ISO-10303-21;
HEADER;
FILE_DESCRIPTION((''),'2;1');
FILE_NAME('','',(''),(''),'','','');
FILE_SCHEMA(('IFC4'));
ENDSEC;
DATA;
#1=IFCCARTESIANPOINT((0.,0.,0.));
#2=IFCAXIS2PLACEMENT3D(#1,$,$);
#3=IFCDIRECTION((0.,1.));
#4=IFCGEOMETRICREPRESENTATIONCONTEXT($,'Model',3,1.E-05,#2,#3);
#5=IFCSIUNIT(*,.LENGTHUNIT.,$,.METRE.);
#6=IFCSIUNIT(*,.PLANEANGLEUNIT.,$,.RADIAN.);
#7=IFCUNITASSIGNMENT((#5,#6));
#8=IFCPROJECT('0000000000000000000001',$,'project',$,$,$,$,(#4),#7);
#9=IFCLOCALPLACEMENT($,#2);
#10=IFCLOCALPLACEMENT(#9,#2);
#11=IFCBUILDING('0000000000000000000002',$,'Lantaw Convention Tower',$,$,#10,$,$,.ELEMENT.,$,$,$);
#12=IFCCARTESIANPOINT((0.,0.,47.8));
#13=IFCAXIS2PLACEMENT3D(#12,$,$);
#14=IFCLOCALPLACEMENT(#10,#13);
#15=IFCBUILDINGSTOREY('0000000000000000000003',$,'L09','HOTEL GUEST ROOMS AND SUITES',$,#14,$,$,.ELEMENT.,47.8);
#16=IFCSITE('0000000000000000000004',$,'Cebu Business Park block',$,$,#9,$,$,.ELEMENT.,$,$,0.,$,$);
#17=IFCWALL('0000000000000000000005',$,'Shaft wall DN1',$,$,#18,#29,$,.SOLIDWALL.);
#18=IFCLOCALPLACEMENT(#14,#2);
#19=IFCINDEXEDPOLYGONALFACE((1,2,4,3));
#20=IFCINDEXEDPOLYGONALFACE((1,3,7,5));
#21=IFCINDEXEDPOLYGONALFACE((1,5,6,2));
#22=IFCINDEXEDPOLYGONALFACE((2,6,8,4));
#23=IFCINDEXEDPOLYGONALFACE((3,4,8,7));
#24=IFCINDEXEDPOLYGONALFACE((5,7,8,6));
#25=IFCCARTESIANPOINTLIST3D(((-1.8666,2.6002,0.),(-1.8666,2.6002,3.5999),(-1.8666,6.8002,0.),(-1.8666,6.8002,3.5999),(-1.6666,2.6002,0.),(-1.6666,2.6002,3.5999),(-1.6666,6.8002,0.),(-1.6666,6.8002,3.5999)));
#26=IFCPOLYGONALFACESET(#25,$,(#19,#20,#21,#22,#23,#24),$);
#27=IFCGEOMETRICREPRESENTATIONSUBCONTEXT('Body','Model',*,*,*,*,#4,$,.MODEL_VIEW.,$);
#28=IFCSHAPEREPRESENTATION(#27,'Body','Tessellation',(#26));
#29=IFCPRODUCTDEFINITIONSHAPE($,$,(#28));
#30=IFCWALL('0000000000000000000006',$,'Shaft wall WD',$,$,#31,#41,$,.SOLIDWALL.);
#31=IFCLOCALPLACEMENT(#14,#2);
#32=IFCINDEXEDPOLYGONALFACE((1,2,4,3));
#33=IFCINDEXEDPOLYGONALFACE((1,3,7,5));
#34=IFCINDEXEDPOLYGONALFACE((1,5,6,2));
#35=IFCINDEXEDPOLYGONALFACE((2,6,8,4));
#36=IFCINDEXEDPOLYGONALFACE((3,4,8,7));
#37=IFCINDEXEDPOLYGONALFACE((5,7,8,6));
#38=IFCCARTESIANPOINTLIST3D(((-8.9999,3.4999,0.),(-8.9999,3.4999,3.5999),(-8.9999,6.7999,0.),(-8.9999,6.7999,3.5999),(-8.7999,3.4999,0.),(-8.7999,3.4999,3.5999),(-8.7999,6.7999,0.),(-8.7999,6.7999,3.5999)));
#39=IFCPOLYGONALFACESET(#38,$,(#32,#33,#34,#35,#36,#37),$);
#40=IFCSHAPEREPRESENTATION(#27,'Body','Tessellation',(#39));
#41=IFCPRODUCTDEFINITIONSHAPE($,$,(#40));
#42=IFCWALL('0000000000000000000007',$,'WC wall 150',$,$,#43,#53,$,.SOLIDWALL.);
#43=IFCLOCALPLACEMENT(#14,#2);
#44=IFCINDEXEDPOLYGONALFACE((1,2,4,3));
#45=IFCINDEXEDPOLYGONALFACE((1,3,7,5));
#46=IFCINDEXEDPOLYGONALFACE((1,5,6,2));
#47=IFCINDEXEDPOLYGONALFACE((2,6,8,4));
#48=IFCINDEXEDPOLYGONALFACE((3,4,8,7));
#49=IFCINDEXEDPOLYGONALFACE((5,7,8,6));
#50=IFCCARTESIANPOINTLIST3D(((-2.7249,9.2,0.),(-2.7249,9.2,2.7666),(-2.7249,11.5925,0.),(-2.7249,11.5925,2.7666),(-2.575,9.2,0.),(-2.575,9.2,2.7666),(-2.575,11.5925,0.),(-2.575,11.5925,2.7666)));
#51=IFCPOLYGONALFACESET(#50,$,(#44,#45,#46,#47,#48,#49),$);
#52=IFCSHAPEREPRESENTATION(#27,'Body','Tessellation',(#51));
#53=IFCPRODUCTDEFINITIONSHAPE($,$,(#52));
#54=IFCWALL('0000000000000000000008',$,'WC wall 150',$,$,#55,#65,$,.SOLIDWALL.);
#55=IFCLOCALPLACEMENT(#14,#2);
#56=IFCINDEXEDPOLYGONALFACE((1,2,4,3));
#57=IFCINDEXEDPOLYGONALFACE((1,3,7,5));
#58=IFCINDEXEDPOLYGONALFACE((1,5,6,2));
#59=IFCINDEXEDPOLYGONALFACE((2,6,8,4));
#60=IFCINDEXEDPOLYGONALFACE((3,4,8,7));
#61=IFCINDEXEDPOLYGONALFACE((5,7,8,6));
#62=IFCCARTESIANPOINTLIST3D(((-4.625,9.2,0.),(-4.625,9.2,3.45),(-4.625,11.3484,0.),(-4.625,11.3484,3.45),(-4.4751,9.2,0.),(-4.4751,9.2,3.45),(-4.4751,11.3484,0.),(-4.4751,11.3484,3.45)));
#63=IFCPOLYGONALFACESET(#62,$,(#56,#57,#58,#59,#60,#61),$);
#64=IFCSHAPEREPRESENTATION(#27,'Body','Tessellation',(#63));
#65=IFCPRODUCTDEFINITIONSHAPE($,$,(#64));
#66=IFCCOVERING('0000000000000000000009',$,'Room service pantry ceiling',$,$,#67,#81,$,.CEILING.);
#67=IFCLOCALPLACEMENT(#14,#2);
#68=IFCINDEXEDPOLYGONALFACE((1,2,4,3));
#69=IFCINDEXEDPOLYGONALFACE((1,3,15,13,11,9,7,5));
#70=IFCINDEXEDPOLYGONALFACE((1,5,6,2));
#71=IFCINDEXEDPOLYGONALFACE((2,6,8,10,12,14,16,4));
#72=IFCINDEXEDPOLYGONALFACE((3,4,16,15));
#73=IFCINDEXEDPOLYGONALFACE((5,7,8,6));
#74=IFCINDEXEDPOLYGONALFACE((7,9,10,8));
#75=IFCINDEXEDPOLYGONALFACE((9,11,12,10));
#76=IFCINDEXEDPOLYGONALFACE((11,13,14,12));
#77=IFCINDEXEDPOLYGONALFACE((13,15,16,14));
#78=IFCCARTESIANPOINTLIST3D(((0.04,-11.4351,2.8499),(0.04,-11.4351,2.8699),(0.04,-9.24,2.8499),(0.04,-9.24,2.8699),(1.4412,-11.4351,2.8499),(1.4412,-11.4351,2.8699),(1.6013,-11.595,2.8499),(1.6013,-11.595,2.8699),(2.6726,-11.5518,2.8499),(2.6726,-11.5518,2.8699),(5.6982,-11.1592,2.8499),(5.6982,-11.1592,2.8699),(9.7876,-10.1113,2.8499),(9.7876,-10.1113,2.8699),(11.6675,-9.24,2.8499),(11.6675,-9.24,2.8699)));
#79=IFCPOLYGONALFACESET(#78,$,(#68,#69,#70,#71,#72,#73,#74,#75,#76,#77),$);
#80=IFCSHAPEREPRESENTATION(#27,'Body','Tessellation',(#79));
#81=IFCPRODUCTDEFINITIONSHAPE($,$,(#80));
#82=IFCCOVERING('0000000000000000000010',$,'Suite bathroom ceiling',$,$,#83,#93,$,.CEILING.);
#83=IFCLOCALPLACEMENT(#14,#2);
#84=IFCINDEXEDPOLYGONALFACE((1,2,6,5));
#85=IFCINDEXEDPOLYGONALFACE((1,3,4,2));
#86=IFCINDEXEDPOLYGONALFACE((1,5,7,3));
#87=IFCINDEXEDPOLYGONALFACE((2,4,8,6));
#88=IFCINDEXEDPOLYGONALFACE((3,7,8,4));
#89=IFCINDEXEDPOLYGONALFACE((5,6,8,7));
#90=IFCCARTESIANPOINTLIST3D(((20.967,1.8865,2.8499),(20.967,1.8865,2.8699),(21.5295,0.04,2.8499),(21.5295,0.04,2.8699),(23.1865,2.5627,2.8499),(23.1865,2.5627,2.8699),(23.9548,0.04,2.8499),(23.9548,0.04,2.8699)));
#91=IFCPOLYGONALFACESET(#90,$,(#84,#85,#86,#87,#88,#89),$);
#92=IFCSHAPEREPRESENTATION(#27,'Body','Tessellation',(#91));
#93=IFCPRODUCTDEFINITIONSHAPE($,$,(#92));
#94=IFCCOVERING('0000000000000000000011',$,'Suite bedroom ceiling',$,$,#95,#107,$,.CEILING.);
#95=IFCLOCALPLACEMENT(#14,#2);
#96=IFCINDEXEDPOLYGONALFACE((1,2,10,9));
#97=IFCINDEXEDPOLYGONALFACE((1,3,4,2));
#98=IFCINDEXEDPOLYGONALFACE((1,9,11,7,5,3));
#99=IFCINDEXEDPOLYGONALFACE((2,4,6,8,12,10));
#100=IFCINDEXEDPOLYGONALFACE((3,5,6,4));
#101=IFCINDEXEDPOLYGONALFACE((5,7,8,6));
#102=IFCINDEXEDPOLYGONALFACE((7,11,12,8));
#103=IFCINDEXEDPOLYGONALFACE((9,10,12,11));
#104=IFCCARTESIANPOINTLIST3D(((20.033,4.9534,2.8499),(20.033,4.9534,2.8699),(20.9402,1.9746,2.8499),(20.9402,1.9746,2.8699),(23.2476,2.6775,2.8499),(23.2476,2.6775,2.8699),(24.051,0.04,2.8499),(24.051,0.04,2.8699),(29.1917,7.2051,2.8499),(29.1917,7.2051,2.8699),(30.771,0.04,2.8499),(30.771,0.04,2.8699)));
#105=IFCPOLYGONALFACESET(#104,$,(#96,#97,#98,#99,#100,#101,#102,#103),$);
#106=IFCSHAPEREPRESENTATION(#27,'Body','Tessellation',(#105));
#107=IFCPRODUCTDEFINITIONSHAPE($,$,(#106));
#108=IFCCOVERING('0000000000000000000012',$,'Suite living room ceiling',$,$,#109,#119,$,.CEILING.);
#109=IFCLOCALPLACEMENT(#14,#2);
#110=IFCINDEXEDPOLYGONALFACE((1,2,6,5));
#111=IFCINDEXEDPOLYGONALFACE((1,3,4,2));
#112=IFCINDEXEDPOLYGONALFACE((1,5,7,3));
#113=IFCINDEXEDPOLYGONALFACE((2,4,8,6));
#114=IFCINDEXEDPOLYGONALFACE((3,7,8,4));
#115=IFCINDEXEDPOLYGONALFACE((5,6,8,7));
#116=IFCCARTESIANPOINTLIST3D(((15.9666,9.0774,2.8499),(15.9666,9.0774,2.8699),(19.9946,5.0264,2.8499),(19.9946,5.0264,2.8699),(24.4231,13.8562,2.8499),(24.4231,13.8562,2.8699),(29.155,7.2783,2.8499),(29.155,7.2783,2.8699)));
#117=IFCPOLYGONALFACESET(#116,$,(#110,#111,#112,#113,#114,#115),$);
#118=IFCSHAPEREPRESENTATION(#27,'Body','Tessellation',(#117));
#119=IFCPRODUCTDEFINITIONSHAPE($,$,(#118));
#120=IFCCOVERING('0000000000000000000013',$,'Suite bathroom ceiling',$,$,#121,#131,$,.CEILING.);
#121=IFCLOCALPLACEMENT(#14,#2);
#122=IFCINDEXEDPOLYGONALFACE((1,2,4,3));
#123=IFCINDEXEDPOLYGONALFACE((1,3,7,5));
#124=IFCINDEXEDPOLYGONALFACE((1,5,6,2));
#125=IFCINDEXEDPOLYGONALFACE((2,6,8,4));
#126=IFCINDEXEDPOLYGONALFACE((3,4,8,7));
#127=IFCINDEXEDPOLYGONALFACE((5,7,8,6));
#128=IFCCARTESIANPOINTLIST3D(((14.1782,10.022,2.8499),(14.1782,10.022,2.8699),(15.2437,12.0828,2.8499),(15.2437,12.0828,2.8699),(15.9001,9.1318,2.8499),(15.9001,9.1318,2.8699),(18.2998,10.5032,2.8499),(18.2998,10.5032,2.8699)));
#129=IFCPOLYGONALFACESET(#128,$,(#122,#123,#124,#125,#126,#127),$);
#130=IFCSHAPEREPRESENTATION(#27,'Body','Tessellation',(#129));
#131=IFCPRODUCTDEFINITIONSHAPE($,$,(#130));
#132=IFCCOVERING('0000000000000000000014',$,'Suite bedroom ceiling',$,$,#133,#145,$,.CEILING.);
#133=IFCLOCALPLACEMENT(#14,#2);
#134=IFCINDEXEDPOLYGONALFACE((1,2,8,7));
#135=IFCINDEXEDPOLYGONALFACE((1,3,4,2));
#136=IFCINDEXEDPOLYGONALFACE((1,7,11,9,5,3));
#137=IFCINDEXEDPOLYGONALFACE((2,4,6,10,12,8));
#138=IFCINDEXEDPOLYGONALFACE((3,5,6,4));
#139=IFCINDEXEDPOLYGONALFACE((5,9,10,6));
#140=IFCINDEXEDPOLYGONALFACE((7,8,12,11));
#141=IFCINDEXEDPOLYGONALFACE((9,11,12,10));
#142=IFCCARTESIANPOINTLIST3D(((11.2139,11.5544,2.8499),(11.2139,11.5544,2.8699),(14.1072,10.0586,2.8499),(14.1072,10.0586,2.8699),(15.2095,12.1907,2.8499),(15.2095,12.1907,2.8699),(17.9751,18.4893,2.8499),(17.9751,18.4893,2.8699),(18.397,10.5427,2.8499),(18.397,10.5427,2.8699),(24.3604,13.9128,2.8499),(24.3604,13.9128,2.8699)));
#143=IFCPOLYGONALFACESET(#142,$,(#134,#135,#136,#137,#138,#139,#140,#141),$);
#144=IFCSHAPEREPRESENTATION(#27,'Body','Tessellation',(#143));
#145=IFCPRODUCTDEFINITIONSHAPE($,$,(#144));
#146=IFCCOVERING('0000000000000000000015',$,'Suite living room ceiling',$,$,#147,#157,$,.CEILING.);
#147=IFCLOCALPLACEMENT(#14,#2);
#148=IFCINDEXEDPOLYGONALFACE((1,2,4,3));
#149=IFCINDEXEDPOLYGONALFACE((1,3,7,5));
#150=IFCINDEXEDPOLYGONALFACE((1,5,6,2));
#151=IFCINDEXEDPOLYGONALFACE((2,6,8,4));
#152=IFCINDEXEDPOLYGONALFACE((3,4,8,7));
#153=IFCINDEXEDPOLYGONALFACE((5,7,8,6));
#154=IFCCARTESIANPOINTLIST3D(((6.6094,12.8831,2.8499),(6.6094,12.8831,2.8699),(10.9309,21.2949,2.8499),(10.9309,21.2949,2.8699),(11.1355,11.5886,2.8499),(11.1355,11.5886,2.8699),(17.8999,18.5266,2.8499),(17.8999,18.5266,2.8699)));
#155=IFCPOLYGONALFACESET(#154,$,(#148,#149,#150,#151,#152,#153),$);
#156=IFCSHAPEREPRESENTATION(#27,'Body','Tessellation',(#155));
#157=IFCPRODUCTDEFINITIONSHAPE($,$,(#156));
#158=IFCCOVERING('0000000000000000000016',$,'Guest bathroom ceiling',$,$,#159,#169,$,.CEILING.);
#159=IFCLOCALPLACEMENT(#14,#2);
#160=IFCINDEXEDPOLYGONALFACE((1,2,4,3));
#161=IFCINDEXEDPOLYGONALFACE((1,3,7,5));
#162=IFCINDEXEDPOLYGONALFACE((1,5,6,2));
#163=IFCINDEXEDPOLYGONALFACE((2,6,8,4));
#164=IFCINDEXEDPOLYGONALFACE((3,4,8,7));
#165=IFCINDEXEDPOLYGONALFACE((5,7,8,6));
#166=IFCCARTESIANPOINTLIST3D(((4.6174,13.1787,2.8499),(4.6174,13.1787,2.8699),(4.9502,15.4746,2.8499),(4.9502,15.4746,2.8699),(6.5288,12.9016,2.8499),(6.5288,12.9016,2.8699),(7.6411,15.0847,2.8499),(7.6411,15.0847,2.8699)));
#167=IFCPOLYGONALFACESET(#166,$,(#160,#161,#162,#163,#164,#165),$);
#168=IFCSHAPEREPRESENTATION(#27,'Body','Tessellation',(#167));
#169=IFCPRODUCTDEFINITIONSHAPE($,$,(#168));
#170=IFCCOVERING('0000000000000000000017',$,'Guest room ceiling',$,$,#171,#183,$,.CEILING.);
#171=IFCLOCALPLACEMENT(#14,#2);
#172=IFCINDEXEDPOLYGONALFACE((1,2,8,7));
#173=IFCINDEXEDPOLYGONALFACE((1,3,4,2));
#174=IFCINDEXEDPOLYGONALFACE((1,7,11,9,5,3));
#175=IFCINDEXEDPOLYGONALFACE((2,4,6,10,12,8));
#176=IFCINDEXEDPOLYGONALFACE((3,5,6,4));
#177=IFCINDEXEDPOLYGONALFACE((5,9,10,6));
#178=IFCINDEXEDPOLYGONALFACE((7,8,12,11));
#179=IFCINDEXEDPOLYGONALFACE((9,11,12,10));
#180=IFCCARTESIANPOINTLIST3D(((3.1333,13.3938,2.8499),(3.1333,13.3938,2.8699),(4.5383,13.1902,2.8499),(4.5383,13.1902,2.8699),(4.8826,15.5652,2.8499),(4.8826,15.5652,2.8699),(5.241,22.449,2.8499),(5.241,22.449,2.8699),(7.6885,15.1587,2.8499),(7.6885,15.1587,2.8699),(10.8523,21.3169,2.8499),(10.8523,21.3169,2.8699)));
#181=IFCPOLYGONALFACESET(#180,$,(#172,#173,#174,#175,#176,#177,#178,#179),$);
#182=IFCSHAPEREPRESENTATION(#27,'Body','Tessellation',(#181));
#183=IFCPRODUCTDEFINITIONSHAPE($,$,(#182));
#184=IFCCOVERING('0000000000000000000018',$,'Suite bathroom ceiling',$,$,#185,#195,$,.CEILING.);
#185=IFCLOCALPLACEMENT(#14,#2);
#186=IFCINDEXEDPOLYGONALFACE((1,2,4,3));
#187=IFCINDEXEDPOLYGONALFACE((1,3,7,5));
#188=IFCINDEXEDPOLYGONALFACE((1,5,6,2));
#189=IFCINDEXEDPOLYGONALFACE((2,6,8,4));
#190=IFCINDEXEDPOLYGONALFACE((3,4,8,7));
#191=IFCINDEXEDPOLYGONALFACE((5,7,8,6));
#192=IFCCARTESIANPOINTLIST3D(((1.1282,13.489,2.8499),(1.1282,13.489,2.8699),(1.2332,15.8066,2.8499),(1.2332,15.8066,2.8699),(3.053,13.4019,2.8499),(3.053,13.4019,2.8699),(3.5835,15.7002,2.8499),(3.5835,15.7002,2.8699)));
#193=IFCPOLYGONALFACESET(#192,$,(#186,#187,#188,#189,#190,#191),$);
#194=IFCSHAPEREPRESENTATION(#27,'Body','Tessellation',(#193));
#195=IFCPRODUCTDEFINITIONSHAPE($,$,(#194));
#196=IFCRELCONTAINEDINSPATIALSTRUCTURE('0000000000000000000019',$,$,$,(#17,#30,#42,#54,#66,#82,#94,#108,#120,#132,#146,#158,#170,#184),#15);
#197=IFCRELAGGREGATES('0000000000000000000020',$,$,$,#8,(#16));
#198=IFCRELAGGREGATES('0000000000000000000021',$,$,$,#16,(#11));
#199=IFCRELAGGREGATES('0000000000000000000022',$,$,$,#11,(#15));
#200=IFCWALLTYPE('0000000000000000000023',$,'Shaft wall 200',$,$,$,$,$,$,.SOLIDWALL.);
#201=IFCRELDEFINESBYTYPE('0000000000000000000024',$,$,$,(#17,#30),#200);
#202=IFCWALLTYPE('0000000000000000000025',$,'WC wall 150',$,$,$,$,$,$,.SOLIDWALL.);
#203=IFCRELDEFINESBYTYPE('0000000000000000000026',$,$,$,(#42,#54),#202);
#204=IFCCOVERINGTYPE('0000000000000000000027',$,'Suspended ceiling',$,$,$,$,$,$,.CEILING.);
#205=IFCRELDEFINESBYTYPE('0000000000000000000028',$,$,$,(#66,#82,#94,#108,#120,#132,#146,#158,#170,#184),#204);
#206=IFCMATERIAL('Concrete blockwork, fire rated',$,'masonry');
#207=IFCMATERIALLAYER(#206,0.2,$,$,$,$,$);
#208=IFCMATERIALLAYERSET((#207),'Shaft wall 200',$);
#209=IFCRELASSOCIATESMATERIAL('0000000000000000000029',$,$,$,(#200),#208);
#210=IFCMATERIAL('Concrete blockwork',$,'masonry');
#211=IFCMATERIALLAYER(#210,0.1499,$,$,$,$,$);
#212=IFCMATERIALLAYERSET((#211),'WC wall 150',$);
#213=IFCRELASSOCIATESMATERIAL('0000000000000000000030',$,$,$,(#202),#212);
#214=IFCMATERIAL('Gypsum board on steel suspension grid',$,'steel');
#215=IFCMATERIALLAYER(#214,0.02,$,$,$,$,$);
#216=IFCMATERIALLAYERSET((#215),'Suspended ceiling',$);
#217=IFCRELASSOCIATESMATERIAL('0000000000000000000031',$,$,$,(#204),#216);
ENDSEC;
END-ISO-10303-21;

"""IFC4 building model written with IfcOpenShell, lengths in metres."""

from ifc_helpers import new_model, si_unit, direction, frame, frame_2d, origin, place, context, subcontext, project, spatial, polyline, rectangle, outline, extrude, material, layer, layer_set, type_object, element, save


model = new_model("IFC4")

# Units and contexts
model_context = context("Model", 3, precision=1e-05, world=origin(), true_north=direction((0.0, 1.0)))
body_context = subcontext(model_context, "Body", "Model", "MODEL_VIEW")
ifc_project = project(units=[si_unit("LENGTHUNIT", "METRE"), si_unit("PLANEANGLEUNIT", "RADIAN")], contexts=[model_context])

# Site, building, storey
site_placement = place(None, origin())
site = spatial("IfcSite", under=ifc_project, at=site_placement, Name="Cebu Business Park block", CompositionType="ELEMENT", RefElevation=0.0)
building_placement = place(site_placement, origin())
building = spatial("IfcBuilding", under=site, at=building_placement, Name="Lantaw Convention Tower", CompositionType="ELEMENT")
storey_placement = place(building_placement, frame((0.0, 0.0, 47.8)))
storey = spatial("IfcBuildingStorey", under=building, at=storey_placement, Name="L09", Description="HOTEL GUEST ROOMS AND SUITES", CompositionType="ELEMENT", Elevation=47.8)

# Walls
ifc_material_1 = material(Name="Concrete blockwork, fire rated", Category="masonry")
ifc_layer_1 = layer(ifc_material_1, 0.2)
ifc_layer_set_1 = layer_set([ifc_layer_1], Name="Shaft wall 200")
wall_type_1 = type_object("IfcWallType", Name="Shaft wall 200", PredefinedType="SOLIDWALL", material=ifc_layer_set_1)
wall_1_placement = place(storey_placement, frame((-1.7666, 2.6001, 0.0), z_axis=(0.0, 0.0, 1.0), x_axis=(0.0, 1.0, 0.0)))
element("IfcWall", 1, at=wall_1_placement, inside=storey, type_object=wall_type_1, Name="Shaft wall DN1", PredefinedType="SOLIDWALL", context=body_context, shape_type="SweptSolid", body=[
    extrude(rectangle(XDim=4.2, YDim=0.2, at=frame_2d((2.1001, 0.0))), origin(), (0.0, 0.0, 1.0), 3.5999),
])
wall_2_placement = place(storey_placement, frame((-8.8999, 3.5, 0.0), z_axis=(0.0, 0.0, 1.0), x_axis=(0.0, 1.0, 0.0)))
element("IfcWall", 2, at=wall_2_placement, inside=storey, type_object=wall_type_1, Name="Shaft wall WD", PredefinedType="SOLIDWALL", context=body_context, shape_type="SweptSolid", body=[
    extrude(rectangle(XDim=3.3, YDim=0.2, at=frame_2d((1.6499, 0.0))), origin(), (0.0, 0.0, 1.0), 3.5999),
])
ifc_material_2 = material(Name="Concrete blockwork", Category="masonry")
ifc_layer_2 = layer(ifc_material_2, 0.1499)
ifc_layer_set_2 = layer_set([ifc_layer_2], Name="WC wall 150")
wall_type_2 = type_object("IfcWallType", Name="WC wall 150", PredefinedType="SOLIDWALL", material=ifc_layer_set_2)
wall_3_placement = place(storey_placement, frame((-2.6499, 9.2, 0.0), z_axis=(0.0, 0.0, 1.0), x_axis=(0.0, 1.0, 0.0)))
element("IfcWall", 3, at=wall_3_placement, inside=storey, type_object=wall_type_2, Name="WC wall 150", PredefinedType="SOLIDWALL", context=body_context, shape_type="SweptSolid", body=[
    extrude(rectangle(XDim=2.3926, YDim=0.1499, at=frame_2d((1.1963, 0.0))), origin(), (0.0, 0.0, 1.0), 2.7666),
])
wall_4_placement = place(storey_placement, frame((-4.55, 9.2, 0.0), z_axis=(0.0, 0.0, 1.0), x_axis=(0.0, 1.0, 0.0)))
element("IfcWall", 4, at=wall_4_placement, inside=storey, type_object=wall_type_2, Name="WC wall 150", PredefinedType="SOLIDWALL", context=body_context, shape_type="SweptSolid", body=[
    extrude(rectangle(XDim=2.1484, YDim=0.1499, at=frame_2d((1.0742, 0.0))), origin(), (0.0, 0.0, 1.0), 3.45),
])

# Coverings
ifc_material_3 = material(Name="Gypsum board on steel suspension grid", Category="steel")
ifc_layer_3 = layer(ifc_material_3, 0.02)
ifc_layer_set_3 = layer_set([ifc_layer_3], Name="Suspended ceiling")
covering_type = type_object("IfcCoveringType", Name="Suspended ceiling", PredefinedType="CEILING", material=ifc_layer_set_3)
covering_1_placement = place(storey_placement, frame((0.0, 0.0, 2.8499)))
element("IfcCovering", 5, at=covering_1_placement, inside=storey, type_object=covering_type, Name="Room service pantry ceiling", PredefinedType="CEILING", context=body_context, shape_type="SweptSolid", body=[
    extrude(outline(polyline([(1.6013, -11.595), (2.6726, -11.5518), (5.6982, -11.1592), (9.7876, -10.1113), (11.6675, -9.24), (0.04, -9.24), (0.04, -11.4351), (1.4412, -11.4351), (1.6013, -11.595)])), origin(), (0.0, 0.0, 1.0), 0.02),
])
covering_2_placement = place(storey_placement, frame((0.0, 0.0, 2.8499)))
element("IfcCovering", 6, at=covering_2_placement, inside=storey, type_object=covering_type, Name="Suite bathroom ceiling", PredefinedType="CEILING", context=body_context, shape_type="SweptSolid", body=[
    extrude(outline(polyline([(21.5295, 0.04), (23.9548, 0.04), (23.1865, 2.5627), (20.967, 1.8865), (21.5295, 0.04)])), origin(), (0.0, 0.0, 1.0), 0.02),
])
covering_3_placement = place(storey_placement, frame((0.0, 0.0, 2.8499)))
element("IfcCovering", 7, at=covering_3_placement, inside=storey, type_object=covering_type, Name="Suite bedroom ceiling", PredefinedType="CEILING", context=body_context, shape_type="SweptSolid", body=[
    extrude(outline(polyline([(29.1917, 7.2051), (20.033, 4.9534), (20.9402, 1.9746), (23.2476, 2.6775), (24.051, 0.04), (30.771, 0.04), (29.1917, 7.2051)])), origin(), (0.0, 0.0, 1.0), 0.02),
])
covering_4_placement = place(storey_placement, frame((0.0, 0.0, 2.8499)))
element("IfcCovering", 8, at=covering_4_placement, inside=storey, type_object=covering_type, Name="Suite living room ceiling", PredefinedType="CEILING", context=body_context, shape_type="SweptSolid", body=[
    extrude(outline(polyline([(19.9946, 5.0264), (29.155, 7.2783), (24.4231, 13.8562), (15.9666, 9.0774), (19.9946, 5.0264)])), origin(), (0.0, 0.0, 1.0), 0.02),
])
covering_5_placement = place(storey_placement, frame((0.0, 0.0, 2.8499)))
element("IfcCovering", 9, at=covering_5_placement, inside=storey, type_object=covering_type, Name="Suite bathroom ceiling", PredefinedType="CEILING", context=body_context, shape_type="SweptSolid", body=[
    extrude(outline(polyline([(15.9001, 9.1318), (18.2998, 10.5032), (15.2437, 12.0828), (14.1782, 10.022), (15.9001, 9.1318)])), origin(), (0.0, 0.0, 1.0), 0.02),
])
covering_6_placement = place(storey_placement, frame((0.0, 0.0, 2.8499)))
element("IfcCovering", 10, at=covering_6_placement, inside=storey, type_object=covering_type, Name="Suite bedroom ceiling", PredefinedType="CEILING", context=body_context, shape_type="SweptSolid", body=[
    extrude(outline(polyline([(11.2139, 11.5544), (14.1072, 10.0586), (15.2095, 12.1907), (18.397, 10.5427), (24.3604, 13.9128), (17.9751, 18.4893), (11.2139, 11.5544)])), origin(), (0.0, 0.0, 1.0), 0.02),
])
covering_7_placement = place(storey_placement, frame((0.0, 0.0, 2.8499)))
element("IfcCovering", 11, at=covering_7_placement, inside=storey, type_object=covering_type, Name="Suite living room ceiling", PredefinedType="CEILING", context=body_context, shape_type="SweptSolid", body=[
    extrude(outline(polyline([(11.1355, 11.5886), (17.8999, 18.5266), (10.9309, 21.2949), (6.6094, 12.8831), (11.1355, 11.5886)])), origin(), (0.0, 0.0, 1.0), 0.02),
])
covering_8_placement = place(storey_placement, frame((0.0, 0.0, 2.8499)))
element("IfcCovering", 12, at=covering_8_placement, inside=storey, type_object=covering_type, Name="Guest bathroom ceiling", PredefinedType="CEILING", context=body_context, shape_type="SweptSolid", body=[
    extrude(outline(polyline([(6.5288, 12.9016), (7.6411, 15.0847), (4.9502, 15.4746), (4.6174, 13.1787), (6.5288, 12.9016)])), origin(), (0.0, 0.0, 1.0), 0.02),
])
covering_9_placement = place(storey_placement, frame((0.0, 0.0, 2.8499)))
element("IfcCovering", 13, at=covering_9_placement, inside=storey, type_object=covering_type, Name="Guest room ceiling", PredefinedType="CEILING", context=body_context, shape_type="SweptSolid", body=[
    extrude(outline(polyline([(3.1333, 13.3938), (4.5383, 13.1902), (4.8826, 15.5652), (7.6885, 15.1587), (10.8523, 21.3169), (5.241, 22.449), (3.1333, 13.3938)])), origin(), (0.0, 0.0, 1.0), 0.02),
])
covering_10_placement = place(storey_placement, frame((0.0, 0.0, 2.8499)))
element("IfcCovering", 14, at=covering_10_placement, inside=storey, type_object=covering_type, Name="Suite bathroom ceiling", PredefinedType="CEILING", context=body_context, shape_type="SweptSolid", body=[
    extrude(outline(polyline([(3.053, 13.4019), (3.5835, 15.7002), (1.2332, 15.8066), (1.1282, 13.489), (3.053, 13.4019)])), origin(), (0.0, 0.0, 1.0), 0.02),
])

save(model, "model.ifc")
